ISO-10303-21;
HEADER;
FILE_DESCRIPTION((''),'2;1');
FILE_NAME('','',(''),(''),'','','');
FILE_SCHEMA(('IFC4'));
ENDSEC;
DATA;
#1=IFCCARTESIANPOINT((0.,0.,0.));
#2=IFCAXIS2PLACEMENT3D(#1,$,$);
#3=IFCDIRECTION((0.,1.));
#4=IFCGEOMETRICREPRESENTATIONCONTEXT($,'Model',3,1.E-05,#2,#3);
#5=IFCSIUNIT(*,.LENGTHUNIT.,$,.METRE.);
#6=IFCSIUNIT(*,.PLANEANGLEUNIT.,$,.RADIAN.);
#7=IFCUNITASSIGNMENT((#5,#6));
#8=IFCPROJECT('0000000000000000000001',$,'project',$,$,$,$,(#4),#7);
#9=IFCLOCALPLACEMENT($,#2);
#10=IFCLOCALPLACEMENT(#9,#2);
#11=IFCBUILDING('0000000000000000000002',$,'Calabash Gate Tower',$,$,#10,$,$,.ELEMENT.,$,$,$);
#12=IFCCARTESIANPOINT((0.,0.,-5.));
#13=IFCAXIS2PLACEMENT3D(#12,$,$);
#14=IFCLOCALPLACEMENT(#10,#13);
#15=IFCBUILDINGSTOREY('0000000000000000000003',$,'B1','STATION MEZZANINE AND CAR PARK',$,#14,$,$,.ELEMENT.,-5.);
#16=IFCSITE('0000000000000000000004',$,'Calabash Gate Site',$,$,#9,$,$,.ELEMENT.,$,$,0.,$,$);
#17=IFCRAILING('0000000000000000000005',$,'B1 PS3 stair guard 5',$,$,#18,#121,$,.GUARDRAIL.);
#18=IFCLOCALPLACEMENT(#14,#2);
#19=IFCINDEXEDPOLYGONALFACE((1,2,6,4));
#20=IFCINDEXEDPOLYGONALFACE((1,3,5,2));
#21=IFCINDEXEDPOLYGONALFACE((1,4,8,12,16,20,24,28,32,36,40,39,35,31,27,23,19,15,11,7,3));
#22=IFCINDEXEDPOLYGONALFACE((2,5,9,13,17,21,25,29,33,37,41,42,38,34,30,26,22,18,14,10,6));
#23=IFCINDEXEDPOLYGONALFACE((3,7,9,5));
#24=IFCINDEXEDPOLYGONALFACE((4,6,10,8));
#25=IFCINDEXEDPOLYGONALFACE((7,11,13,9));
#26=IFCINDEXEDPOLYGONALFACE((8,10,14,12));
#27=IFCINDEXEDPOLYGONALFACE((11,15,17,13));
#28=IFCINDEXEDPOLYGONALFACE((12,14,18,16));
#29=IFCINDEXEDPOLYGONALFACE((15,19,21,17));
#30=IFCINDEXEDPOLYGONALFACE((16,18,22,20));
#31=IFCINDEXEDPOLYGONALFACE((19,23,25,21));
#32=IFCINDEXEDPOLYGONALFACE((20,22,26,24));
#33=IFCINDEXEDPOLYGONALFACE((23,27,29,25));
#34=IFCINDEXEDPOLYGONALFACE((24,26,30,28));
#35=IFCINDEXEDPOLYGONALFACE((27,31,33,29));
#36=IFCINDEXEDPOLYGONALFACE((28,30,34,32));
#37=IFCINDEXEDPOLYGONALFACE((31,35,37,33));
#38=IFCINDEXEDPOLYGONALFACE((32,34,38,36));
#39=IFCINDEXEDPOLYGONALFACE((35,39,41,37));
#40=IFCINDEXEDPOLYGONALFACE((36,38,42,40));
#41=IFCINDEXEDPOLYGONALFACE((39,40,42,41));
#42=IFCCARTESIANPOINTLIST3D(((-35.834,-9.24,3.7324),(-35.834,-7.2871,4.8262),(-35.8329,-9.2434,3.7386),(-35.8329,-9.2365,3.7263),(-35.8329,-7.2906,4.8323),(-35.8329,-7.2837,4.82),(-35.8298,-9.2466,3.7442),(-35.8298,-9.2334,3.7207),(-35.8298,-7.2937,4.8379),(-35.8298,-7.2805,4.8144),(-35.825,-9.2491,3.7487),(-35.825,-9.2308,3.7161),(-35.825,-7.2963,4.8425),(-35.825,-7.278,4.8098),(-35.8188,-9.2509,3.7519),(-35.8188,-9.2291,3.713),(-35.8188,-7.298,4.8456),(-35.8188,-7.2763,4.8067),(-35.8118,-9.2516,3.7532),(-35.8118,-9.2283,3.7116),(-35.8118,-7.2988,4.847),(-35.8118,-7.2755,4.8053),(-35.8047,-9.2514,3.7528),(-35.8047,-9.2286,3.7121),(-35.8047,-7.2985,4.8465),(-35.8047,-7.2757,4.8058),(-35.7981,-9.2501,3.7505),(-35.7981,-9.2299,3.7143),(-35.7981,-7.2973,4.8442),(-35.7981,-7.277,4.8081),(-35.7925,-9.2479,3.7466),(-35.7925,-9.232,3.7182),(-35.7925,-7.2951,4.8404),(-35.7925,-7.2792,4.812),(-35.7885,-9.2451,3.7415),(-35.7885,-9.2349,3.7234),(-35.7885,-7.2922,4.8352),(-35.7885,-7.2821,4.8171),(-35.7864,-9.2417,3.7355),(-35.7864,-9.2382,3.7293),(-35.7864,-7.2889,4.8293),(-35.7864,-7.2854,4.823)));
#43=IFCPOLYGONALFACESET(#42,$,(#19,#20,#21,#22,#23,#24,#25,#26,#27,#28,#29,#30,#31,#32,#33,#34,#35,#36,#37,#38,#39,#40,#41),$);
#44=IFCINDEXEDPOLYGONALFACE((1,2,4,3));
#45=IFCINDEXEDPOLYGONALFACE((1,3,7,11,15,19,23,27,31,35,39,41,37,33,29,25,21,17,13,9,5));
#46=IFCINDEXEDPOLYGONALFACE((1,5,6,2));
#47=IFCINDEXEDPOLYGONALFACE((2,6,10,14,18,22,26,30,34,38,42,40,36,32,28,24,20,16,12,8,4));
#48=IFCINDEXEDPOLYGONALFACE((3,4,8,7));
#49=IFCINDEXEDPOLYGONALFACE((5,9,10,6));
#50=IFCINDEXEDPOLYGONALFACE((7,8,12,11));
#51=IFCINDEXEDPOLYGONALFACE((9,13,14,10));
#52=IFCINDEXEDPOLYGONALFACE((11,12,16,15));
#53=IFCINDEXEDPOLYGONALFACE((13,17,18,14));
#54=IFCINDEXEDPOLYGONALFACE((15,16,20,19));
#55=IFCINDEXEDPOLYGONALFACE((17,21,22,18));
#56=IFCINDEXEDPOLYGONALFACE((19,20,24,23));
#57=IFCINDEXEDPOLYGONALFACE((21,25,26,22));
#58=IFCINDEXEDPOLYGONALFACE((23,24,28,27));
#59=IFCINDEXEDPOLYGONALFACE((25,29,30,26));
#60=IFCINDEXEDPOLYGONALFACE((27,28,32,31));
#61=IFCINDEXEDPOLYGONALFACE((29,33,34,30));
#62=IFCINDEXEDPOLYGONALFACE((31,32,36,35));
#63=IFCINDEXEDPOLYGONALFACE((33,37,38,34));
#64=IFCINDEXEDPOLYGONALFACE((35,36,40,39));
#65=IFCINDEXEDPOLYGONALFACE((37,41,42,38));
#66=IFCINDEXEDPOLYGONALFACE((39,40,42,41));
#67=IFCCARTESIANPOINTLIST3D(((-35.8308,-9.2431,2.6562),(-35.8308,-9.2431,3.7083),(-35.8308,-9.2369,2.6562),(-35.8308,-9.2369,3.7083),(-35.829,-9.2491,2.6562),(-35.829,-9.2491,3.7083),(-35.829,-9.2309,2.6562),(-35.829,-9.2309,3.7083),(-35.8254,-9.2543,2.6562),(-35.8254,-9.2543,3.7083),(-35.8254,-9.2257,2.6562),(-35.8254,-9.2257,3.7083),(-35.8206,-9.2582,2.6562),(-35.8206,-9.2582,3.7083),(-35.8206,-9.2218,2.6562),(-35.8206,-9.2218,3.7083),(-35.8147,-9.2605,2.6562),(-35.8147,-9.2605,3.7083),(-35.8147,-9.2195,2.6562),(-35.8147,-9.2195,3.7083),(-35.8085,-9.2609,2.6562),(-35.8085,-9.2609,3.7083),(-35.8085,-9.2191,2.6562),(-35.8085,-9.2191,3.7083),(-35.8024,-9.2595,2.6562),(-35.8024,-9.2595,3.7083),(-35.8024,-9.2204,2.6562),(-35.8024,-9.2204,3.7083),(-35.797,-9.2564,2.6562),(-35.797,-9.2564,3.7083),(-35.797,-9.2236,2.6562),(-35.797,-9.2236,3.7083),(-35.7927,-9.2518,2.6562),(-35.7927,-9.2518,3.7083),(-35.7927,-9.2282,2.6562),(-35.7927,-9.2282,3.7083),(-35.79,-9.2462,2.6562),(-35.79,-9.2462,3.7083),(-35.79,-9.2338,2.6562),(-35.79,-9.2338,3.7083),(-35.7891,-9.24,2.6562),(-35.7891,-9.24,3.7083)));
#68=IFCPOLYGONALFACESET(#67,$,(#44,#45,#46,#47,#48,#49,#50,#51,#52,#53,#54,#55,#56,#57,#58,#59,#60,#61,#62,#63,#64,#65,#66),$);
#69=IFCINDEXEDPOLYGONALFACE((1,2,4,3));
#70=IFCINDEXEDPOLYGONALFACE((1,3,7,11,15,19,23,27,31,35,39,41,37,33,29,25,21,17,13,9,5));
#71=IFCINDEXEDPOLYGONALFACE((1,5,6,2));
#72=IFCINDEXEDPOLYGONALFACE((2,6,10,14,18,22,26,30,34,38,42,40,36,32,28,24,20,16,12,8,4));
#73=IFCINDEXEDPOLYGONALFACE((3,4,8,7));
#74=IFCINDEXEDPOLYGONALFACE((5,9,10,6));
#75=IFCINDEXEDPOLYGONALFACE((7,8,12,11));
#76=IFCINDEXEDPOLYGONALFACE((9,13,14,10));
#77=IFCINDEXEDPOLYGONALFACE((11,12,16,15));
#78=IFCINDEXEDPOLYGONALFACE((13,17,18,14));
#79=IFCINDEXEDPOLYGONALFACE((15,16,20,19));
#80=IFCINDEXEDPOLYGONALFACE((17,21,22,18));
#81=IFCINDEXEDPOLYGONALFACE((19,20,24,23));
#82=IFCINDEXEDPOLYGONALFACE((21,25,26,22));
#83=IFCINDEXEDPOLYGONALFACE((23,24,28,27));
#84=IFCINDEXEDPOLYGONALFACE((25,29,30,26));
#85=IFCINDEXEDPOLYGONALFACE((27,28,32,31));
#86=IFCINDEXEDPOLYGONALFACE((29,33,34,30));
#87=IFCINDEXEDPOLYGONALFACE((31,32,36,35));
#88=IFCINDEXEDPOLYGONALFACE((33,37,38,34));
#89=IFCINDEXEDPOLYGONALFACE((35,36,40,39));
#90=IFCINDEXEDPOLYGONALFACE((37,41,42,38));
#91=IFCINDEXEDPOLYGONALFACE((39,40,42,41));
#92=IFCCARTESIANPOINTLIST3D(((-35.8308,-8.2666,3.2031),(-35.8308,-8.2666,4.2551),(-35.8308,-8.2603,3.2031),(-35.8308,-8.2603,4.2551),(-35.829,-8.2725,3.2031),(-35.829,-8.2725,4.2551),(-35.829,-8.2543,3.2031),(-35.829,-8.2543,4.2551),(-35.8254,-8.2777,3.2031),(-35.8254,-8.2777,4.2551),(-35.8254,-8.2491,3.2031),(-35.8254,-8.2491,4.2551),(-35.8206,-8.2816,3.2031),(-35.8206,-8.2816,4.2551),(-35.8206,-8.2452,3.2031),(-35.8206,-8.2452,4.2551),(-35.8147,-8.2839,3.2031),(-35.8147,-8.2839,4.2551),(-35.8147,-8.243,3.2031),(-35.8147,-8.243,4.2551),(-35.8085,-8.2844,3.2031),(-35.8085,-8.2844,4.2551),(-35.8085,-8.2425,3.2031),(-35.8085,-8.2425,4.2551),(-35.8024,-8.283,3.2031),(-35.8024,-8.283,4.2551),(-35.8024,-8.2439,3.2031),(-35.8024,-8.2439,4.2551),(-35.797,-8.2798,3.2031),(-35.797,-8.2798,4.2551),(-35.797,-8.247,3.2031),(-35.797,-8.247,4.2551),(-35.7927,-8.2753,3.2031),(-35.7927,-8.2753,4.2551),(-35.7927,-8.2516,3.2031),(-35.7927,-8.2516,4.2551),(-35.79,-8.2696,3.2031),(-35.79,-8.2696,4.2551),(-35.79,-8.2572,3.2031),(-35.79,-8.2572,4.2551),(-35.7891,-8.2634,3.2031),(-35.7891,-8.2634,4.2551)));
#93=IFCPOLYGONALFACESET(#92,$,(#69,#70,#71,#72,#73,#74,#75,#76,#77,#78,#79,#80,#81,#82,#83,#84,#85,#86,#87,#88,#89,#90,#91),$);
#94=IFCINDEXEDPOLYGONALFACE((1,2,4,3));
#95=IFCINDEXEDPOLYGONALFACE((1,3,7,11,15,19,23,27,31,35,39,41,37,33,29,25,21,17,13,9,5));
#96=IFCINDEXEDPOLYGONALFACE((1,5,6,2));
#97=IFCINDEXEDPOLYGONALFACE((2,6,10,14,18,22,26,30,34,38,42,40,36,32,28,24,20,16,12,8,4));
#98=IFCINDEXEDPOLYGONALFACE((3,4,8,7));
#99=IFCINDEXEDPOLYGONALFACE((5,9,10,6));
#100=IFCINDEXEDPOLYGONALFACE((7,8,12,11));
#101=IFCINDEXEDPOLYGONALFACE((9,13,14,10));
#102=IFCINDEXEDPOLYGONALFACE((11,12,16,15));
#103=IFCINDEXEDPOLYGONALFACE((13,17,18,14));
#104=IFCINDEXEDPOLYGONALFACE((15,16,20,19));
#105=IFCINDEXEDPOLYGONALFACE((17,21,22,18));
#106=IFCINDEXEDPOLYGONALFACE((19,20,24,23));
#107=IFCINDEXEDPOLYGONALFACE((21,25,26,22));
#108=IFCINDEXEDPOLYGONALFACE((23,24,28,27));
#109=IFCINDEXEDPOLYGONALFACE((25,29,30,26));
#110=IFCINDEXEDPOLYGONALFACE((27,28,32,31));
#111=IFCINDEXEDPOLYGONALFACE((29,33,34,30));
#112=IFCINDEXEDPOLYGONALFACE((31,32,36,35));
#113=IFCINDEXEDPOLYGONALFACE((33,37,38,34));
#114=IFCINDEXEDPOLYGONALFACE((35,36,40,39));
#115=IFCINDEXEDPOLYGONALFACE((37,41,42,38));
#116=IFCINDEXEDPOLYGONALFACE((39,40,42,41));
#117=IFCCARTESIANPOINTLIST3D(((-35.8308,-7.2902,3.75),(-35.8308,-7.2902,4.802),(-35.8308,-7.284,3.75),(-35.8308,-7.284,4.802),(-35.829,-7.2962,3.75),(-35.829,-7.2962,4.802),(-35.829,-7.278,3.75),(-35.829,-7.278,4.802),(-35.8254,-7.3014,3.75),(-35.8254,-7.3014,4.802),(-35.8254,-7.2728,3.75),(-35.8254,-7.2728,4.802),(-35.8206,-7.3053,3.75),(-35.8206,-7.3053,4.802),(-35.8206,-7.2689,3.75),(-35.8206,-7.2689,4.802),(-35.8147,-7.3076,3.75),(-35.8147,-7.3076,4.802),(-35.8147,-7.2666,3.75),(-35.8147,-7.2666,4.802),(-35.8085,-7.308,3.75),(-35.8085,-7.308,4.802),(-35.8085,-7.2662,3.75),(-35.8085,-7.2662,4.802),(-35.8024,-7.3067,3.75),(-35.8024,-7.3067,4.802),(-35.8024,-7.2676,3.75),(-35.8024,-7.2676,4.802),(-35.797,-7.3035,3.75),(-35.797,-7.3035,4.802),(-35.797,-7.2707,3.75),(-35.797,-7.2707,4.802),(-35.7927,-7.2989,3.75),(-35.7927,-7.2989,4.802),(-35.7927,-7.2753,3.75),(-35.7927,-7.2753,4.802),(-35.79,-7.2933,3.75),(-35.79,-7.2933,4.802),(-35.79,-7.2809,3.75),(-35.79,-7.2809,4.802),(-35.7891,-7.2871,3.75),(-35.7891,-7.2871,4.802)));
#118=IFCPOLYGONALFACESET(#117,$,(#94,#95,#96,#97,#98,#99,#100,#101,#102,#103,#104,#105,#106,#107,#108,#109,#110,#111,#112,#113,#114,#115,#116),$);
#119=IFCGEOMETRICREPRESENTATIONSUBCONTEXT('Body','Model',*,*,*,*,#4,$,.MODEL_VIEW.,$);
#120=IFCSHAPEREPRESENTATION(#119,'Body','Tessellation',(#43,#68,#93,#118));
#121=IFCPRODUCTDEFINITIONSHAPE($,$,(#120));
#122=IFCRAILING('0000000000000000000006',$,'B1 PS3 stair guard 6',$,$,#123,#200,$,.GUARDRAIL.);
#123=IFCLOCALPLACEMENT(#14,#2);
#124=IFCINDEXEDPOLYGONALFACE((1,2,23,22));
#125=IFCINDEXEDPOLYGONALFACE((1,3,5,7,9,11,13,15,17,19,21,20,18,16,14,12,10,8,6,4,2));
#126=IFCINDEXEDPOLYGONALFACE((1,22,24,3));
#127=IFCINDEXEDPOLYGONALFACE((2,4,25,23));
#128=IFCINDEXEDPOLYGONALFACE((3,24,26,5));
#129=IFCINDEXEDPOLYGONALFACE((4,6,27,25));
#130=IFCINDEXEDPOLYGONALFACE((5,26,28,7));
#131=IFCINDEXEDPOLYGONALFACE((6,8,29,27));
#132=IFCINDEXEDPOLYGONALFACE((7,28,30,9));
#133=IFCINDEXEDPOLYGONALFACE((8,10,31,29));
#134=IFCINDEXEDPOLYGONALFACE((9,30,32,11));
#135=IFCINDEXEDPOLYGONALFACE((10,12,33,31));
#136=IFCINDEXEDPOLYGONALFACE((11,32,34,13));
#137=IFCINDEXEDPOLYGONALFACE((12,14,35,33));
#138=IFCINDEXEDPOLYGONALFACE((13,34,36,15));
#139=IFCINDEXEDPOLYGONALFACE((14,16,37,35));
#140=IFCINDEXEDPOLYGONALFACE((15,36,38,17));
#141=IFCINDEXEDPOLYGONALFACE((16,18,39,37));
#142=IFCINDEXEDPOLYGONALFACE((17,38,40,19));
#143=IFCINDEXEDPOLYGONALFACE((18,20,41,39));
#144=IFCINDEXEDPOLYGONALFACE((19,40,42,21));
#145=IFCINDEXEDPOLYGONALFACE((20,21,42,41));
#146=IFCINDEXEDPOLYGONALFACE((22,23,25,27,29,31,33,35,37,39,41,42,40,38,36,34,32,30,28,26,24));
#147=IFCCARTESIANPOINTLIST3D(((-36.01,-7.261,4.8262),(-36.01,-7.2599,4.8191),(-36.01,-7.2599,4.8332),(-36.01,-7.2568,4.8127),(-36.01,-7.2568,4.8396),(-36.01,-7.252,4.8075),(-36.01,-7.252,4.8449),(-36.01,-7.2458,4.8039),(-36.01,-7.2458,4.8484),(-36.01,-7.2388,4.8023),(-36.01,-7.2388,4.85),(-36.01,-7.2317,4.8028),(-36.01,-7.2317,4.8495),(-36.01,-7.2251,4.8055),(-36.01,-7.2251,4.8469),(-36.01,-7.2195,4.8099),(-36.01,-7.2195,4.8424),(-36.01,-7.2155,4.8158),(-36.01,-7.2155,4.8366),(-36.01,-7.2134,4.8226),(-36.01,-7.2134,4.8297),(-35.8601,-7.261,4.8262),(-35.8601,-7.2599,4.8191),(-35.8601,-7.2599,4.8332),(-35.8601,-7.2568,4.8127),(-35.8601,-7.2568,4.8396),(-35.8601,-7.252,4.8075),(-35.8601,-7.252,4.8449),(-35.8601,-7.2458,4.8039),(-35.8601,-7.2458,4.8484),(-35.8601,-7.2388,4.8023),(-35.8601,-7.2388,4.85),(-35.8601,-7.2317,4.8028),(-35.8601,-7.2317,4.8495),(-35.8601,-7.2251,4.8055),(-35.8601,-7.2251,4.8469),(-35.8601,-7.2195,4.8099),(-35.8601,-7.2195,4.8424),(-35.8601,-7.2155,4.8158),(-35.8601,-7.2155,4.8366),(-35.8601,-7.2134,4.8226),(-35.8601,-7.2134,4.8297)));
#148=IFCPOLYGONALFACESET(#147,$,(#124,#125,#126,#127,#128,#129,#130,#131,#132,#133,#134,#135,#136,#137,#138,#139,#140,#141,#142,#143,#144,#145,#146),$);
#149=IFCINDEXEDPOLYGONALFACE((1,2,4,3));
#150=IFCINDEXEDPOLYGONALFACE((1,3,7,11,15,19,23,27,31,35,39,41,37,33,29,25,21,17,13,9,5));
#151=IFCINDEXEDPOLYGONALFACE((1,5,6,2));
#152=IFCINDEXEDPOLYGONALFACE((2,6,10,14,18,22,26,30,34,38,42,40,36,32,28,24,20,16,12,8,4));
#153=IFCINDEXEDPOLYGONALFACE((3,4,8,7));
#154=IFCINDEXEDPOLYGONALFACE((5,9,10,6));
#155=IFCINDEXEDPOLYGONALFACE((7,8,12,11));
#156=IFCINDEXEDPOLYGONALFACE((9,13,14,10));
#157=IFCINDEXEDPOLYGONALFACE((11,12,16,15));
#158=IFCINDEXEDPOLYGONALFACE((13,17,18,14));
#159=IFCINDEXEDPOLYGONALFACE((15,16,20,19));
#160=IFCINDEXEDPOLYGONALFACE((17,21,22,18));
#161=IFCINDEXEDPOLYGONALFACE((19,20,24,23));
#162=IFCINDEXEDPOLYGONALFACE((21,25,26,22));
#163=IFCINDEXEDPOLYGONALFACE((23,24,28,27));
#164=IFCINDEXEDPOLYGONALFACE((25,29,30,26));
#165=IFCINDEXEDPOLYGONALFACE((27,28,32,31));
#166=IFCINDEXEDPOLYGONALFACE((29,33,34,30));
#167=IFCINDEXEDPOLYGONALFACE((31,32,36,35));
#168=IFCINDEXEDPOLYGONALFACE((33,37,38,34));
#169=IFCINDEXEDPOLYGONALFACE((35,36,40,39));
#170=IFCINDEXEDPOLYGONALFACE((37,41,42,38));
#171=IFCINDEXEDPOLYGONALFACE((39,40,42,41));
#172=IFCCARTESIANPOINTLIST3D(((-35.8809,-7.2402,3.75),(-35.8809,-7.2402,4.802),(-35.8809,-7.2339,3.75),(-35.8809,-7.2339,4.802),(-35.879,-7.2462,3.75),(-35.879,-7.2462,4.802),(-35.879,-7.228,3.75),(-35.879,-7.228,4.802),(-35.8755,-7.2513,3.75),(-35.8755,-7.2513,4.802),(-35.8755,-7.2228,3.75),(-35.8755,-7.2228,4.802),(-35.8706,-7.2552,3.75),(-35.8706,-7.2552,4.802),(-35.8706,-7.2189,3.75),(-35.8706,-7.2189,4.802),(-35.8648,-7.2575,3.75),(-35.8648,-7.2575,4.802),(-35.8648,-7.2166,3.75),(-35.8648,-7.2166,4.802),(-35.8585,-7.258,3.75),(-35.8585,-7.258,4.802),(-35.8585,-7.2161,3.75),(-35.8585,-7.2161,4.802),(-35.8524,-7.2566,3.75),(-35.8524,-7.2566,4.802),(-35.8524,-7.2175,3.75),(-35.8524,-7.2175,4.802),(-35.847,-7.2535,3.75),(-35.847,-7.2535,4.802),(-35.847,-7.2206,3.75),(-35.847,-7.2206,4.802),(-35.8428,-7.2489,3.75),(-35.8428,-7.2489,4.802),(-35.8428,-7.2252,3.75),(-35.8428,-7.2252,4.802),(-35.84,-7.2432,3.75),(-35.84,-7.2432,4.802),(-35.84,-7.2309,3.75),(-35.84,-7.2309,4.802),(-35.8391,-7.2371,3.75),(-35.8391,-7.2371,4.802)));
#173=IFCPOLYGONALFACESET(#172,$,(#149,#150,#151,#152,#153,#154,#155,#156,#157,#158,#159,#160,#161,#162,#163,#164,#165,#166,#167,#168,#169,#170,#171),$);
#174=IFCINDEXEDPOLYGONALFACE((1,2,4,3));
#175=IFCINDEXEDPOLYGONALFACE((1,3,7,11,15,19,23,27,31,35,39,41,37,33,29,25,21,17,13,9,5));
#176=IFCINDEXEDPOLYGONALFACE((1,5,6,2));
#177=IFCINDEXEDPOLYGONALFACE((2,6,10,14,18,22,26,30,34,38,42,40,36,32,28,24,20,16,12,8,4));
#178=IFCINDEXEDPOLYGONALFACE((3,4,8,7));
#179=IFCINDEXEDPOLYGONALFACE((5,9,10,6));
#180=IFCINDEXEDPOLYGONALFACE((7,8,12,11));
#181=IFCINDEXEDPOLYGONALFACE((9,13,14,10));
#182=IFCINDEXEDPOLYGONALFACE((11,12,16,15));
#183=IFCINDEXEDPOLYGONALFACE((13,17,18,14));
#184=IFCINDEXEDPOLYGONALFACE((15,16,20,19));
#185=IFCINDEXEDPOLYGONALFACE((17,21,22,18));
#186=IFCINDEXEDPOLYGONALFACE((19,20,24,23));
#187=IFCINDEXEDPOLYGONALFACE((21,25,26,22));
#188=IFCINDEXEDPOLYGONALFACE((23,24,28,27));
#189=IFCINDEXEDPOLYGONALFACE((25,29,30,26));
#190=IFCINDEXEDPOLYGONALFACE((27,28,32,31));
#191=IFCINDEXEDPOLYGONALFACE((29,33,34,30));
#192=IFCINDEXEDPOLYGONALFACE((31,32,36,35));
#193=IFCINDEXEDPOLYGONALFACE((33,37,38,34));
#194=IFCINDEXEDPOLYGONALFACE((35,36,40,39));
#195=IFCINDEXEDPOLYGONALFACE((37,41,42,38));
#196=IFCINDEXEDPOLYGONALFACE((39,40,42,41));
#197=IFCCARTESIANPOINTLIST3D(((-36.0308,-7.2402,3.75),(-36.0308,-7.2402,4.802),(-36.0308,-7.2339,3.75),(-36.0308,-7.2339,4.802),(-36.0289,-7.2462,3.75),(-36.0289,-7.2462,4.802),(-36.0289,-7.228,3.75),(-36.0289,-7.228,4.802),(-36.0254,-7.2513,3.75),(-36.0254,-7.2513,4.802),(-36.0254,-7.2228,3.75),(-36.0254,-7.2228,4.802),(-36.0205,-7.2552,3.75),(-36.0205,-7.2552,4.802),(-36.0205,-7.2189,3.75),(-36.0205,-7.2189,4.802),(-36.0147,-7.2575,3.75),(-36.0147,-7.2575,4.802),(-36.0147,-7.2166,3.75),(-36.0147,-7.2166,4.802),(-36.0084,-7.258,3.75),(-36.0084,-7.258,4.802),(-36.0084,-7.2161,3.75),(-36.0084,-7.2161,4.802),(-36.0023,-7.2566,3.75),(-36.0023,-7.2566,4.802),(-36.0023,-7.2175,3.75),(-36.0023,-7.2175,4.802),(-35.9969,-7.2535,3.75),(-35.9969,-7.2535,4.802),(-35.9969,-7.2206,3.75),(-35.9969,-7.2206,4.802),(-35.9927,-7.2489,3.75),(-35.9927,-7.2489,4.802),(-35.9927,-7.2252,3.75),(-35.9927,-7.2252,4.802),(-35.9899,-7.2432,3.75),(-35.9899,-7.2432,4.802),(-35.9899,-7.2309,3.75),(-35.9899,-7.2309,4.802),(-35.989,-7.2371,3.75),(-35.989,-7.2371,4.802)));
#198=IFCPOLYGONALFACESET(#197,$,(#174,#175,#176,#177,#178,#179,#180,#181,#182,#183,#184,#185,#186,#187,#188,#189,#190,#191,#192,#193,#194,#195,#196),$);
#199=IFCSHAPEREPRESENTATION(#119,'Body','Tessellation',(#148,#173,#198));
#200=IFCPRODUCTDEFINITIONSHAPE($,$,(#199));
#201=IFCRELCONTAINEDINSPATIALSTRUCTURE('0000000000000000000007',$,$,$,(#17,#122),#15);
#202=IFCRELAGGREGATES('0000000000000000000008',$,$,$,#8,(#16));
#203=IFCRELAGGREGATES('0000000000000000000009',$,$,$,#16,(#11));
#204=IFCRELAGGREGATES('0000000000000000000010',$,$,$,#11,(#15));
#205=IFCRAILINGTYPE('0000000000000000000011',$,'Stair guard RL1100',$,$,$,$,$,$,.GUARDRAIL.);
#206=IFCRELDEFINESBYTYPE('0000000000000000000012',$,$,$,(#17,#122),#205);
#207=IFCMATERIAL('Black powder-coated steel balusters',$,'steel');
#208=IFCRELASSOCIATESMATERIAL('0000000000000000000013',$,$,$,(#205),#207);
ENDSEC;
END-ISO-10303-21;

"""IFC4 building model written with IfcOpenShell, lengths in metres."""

from ifc_helpers import new_model, si_unit, direction, frame, origin, origin_2d, place, context, subcontext, project, spatial, circle, extrude, material, type_object, element, save


model = new_model("IFC4")

# Units and contexts
model_context = context("Model", 3, precision=1e-05, world=origin(), true_north=direction((0.0, 1.0)))
body_context = subcontext(model_context, "Body", "Model", "MODEL_VIEW")
ifc_project = project(units=[si_unit("LENGTHUNIT", "METRE"), si_unit("PLANEANGLEUNIT", "RADIAN")], contexts=[model_context])

# Site, building, storey
site_placement = place(None, origin())
site = spatial("IfcSite", under=ifc_project, at=site_placement, Name="Calabash Gate Site", CompositionType="ELEMENT", RefElevation=0.0)
building_placement = place(site_placement, origin())
building = spatial("IfcBuilding", under=site, at=building_placement, Name="Calabash Gate Tower", CompositionType="ELEMENT")
storey_placement = place(building_placement, frame((0.0, 0.0, -5.0)))
storey = spatial("IfcBuildingStorey", under=building, at=storey_placement, Name="B1", Description="STATION MEZZANINE AND CAR PARK", CompositionType="ELEMENT", Elevation=-5.0)

# Railings
ifc_material_1 = material(Name="Black powder-coated steel balusters", Category="steel")
railing_type_1 = type_object("IfcRailingType", Name="Stair guard RL1100", PredefinedType="GUARDRAIL", material=ifc_material_1)
railing_1_placement = place(storey_placement, frame((-35.8101, -9.24, 2.6562)))
element("IfcRailing", 1, at=railing_1_placement, inside=storey, type_object=railing_type_1, Name="B1 PS3 stair guard 5", PredefinedType="GUARDRAIL", context=body_context, shape_type="SweptSolid", body=[
    extrude(circle(Radius=0.0239, at=origin_2d()), frame((0.0, 0.0, 1.0762), z_axis=(0.0, 0.87248, 0.48865), x_axis=(-1.0, 0.0, 0.0)), (0.0, 0.0, 1.0), 2.2383),
    extrude(circle(Radius=0.021, at=origin_2d()), origin(), (0.0, 0.0, 1.0), 1.052),
    extrude(circle(Radius=0.021, at=origin_2d()), frame((0.0, 0.9766, 0.5469)), (0.0, 0.0, 1.0), 1.052),
    extrude(circle(Radius=0.021, at=origin_2d()), frame((0.0, 1.9529, 1.0938)), (0.0, 0.0, 1.0), 1.052),
])
railing_2_placement = place(storey_placement, frame((-35.8601, -7.2371, 3.75)))
element("IfcRailing", 2, at=railing_2_placement, inside=storey, type_object=railing_type_1, Name="B1 PS3 stair guard 6", PredefinedType="GUARDRAIL", context=body_context, shape_type="SweptSolid", body=[
    extrude(circle(Radius=0.0239, at=origin_2d()), frame((0.0, 0.0, 1.0762), z_axis=(-1.0, 0.0, 0.0), x_axis=(0.0, -1.0, 0.0)), (0.0, 0.0, 1.0), 0.1499),
    extrude(circle(Radius=0.021, at=origin_2d()), origin(), (0.0, 0.0, 1.0), 1.052),
    extrude(circle(Radius=0.021, at=origin_2d()), frame((-0.1499, 0.0, 0.0)), (0.0, 0.0, 1.0), 1.052),
])

save(model, "model.ifc")
